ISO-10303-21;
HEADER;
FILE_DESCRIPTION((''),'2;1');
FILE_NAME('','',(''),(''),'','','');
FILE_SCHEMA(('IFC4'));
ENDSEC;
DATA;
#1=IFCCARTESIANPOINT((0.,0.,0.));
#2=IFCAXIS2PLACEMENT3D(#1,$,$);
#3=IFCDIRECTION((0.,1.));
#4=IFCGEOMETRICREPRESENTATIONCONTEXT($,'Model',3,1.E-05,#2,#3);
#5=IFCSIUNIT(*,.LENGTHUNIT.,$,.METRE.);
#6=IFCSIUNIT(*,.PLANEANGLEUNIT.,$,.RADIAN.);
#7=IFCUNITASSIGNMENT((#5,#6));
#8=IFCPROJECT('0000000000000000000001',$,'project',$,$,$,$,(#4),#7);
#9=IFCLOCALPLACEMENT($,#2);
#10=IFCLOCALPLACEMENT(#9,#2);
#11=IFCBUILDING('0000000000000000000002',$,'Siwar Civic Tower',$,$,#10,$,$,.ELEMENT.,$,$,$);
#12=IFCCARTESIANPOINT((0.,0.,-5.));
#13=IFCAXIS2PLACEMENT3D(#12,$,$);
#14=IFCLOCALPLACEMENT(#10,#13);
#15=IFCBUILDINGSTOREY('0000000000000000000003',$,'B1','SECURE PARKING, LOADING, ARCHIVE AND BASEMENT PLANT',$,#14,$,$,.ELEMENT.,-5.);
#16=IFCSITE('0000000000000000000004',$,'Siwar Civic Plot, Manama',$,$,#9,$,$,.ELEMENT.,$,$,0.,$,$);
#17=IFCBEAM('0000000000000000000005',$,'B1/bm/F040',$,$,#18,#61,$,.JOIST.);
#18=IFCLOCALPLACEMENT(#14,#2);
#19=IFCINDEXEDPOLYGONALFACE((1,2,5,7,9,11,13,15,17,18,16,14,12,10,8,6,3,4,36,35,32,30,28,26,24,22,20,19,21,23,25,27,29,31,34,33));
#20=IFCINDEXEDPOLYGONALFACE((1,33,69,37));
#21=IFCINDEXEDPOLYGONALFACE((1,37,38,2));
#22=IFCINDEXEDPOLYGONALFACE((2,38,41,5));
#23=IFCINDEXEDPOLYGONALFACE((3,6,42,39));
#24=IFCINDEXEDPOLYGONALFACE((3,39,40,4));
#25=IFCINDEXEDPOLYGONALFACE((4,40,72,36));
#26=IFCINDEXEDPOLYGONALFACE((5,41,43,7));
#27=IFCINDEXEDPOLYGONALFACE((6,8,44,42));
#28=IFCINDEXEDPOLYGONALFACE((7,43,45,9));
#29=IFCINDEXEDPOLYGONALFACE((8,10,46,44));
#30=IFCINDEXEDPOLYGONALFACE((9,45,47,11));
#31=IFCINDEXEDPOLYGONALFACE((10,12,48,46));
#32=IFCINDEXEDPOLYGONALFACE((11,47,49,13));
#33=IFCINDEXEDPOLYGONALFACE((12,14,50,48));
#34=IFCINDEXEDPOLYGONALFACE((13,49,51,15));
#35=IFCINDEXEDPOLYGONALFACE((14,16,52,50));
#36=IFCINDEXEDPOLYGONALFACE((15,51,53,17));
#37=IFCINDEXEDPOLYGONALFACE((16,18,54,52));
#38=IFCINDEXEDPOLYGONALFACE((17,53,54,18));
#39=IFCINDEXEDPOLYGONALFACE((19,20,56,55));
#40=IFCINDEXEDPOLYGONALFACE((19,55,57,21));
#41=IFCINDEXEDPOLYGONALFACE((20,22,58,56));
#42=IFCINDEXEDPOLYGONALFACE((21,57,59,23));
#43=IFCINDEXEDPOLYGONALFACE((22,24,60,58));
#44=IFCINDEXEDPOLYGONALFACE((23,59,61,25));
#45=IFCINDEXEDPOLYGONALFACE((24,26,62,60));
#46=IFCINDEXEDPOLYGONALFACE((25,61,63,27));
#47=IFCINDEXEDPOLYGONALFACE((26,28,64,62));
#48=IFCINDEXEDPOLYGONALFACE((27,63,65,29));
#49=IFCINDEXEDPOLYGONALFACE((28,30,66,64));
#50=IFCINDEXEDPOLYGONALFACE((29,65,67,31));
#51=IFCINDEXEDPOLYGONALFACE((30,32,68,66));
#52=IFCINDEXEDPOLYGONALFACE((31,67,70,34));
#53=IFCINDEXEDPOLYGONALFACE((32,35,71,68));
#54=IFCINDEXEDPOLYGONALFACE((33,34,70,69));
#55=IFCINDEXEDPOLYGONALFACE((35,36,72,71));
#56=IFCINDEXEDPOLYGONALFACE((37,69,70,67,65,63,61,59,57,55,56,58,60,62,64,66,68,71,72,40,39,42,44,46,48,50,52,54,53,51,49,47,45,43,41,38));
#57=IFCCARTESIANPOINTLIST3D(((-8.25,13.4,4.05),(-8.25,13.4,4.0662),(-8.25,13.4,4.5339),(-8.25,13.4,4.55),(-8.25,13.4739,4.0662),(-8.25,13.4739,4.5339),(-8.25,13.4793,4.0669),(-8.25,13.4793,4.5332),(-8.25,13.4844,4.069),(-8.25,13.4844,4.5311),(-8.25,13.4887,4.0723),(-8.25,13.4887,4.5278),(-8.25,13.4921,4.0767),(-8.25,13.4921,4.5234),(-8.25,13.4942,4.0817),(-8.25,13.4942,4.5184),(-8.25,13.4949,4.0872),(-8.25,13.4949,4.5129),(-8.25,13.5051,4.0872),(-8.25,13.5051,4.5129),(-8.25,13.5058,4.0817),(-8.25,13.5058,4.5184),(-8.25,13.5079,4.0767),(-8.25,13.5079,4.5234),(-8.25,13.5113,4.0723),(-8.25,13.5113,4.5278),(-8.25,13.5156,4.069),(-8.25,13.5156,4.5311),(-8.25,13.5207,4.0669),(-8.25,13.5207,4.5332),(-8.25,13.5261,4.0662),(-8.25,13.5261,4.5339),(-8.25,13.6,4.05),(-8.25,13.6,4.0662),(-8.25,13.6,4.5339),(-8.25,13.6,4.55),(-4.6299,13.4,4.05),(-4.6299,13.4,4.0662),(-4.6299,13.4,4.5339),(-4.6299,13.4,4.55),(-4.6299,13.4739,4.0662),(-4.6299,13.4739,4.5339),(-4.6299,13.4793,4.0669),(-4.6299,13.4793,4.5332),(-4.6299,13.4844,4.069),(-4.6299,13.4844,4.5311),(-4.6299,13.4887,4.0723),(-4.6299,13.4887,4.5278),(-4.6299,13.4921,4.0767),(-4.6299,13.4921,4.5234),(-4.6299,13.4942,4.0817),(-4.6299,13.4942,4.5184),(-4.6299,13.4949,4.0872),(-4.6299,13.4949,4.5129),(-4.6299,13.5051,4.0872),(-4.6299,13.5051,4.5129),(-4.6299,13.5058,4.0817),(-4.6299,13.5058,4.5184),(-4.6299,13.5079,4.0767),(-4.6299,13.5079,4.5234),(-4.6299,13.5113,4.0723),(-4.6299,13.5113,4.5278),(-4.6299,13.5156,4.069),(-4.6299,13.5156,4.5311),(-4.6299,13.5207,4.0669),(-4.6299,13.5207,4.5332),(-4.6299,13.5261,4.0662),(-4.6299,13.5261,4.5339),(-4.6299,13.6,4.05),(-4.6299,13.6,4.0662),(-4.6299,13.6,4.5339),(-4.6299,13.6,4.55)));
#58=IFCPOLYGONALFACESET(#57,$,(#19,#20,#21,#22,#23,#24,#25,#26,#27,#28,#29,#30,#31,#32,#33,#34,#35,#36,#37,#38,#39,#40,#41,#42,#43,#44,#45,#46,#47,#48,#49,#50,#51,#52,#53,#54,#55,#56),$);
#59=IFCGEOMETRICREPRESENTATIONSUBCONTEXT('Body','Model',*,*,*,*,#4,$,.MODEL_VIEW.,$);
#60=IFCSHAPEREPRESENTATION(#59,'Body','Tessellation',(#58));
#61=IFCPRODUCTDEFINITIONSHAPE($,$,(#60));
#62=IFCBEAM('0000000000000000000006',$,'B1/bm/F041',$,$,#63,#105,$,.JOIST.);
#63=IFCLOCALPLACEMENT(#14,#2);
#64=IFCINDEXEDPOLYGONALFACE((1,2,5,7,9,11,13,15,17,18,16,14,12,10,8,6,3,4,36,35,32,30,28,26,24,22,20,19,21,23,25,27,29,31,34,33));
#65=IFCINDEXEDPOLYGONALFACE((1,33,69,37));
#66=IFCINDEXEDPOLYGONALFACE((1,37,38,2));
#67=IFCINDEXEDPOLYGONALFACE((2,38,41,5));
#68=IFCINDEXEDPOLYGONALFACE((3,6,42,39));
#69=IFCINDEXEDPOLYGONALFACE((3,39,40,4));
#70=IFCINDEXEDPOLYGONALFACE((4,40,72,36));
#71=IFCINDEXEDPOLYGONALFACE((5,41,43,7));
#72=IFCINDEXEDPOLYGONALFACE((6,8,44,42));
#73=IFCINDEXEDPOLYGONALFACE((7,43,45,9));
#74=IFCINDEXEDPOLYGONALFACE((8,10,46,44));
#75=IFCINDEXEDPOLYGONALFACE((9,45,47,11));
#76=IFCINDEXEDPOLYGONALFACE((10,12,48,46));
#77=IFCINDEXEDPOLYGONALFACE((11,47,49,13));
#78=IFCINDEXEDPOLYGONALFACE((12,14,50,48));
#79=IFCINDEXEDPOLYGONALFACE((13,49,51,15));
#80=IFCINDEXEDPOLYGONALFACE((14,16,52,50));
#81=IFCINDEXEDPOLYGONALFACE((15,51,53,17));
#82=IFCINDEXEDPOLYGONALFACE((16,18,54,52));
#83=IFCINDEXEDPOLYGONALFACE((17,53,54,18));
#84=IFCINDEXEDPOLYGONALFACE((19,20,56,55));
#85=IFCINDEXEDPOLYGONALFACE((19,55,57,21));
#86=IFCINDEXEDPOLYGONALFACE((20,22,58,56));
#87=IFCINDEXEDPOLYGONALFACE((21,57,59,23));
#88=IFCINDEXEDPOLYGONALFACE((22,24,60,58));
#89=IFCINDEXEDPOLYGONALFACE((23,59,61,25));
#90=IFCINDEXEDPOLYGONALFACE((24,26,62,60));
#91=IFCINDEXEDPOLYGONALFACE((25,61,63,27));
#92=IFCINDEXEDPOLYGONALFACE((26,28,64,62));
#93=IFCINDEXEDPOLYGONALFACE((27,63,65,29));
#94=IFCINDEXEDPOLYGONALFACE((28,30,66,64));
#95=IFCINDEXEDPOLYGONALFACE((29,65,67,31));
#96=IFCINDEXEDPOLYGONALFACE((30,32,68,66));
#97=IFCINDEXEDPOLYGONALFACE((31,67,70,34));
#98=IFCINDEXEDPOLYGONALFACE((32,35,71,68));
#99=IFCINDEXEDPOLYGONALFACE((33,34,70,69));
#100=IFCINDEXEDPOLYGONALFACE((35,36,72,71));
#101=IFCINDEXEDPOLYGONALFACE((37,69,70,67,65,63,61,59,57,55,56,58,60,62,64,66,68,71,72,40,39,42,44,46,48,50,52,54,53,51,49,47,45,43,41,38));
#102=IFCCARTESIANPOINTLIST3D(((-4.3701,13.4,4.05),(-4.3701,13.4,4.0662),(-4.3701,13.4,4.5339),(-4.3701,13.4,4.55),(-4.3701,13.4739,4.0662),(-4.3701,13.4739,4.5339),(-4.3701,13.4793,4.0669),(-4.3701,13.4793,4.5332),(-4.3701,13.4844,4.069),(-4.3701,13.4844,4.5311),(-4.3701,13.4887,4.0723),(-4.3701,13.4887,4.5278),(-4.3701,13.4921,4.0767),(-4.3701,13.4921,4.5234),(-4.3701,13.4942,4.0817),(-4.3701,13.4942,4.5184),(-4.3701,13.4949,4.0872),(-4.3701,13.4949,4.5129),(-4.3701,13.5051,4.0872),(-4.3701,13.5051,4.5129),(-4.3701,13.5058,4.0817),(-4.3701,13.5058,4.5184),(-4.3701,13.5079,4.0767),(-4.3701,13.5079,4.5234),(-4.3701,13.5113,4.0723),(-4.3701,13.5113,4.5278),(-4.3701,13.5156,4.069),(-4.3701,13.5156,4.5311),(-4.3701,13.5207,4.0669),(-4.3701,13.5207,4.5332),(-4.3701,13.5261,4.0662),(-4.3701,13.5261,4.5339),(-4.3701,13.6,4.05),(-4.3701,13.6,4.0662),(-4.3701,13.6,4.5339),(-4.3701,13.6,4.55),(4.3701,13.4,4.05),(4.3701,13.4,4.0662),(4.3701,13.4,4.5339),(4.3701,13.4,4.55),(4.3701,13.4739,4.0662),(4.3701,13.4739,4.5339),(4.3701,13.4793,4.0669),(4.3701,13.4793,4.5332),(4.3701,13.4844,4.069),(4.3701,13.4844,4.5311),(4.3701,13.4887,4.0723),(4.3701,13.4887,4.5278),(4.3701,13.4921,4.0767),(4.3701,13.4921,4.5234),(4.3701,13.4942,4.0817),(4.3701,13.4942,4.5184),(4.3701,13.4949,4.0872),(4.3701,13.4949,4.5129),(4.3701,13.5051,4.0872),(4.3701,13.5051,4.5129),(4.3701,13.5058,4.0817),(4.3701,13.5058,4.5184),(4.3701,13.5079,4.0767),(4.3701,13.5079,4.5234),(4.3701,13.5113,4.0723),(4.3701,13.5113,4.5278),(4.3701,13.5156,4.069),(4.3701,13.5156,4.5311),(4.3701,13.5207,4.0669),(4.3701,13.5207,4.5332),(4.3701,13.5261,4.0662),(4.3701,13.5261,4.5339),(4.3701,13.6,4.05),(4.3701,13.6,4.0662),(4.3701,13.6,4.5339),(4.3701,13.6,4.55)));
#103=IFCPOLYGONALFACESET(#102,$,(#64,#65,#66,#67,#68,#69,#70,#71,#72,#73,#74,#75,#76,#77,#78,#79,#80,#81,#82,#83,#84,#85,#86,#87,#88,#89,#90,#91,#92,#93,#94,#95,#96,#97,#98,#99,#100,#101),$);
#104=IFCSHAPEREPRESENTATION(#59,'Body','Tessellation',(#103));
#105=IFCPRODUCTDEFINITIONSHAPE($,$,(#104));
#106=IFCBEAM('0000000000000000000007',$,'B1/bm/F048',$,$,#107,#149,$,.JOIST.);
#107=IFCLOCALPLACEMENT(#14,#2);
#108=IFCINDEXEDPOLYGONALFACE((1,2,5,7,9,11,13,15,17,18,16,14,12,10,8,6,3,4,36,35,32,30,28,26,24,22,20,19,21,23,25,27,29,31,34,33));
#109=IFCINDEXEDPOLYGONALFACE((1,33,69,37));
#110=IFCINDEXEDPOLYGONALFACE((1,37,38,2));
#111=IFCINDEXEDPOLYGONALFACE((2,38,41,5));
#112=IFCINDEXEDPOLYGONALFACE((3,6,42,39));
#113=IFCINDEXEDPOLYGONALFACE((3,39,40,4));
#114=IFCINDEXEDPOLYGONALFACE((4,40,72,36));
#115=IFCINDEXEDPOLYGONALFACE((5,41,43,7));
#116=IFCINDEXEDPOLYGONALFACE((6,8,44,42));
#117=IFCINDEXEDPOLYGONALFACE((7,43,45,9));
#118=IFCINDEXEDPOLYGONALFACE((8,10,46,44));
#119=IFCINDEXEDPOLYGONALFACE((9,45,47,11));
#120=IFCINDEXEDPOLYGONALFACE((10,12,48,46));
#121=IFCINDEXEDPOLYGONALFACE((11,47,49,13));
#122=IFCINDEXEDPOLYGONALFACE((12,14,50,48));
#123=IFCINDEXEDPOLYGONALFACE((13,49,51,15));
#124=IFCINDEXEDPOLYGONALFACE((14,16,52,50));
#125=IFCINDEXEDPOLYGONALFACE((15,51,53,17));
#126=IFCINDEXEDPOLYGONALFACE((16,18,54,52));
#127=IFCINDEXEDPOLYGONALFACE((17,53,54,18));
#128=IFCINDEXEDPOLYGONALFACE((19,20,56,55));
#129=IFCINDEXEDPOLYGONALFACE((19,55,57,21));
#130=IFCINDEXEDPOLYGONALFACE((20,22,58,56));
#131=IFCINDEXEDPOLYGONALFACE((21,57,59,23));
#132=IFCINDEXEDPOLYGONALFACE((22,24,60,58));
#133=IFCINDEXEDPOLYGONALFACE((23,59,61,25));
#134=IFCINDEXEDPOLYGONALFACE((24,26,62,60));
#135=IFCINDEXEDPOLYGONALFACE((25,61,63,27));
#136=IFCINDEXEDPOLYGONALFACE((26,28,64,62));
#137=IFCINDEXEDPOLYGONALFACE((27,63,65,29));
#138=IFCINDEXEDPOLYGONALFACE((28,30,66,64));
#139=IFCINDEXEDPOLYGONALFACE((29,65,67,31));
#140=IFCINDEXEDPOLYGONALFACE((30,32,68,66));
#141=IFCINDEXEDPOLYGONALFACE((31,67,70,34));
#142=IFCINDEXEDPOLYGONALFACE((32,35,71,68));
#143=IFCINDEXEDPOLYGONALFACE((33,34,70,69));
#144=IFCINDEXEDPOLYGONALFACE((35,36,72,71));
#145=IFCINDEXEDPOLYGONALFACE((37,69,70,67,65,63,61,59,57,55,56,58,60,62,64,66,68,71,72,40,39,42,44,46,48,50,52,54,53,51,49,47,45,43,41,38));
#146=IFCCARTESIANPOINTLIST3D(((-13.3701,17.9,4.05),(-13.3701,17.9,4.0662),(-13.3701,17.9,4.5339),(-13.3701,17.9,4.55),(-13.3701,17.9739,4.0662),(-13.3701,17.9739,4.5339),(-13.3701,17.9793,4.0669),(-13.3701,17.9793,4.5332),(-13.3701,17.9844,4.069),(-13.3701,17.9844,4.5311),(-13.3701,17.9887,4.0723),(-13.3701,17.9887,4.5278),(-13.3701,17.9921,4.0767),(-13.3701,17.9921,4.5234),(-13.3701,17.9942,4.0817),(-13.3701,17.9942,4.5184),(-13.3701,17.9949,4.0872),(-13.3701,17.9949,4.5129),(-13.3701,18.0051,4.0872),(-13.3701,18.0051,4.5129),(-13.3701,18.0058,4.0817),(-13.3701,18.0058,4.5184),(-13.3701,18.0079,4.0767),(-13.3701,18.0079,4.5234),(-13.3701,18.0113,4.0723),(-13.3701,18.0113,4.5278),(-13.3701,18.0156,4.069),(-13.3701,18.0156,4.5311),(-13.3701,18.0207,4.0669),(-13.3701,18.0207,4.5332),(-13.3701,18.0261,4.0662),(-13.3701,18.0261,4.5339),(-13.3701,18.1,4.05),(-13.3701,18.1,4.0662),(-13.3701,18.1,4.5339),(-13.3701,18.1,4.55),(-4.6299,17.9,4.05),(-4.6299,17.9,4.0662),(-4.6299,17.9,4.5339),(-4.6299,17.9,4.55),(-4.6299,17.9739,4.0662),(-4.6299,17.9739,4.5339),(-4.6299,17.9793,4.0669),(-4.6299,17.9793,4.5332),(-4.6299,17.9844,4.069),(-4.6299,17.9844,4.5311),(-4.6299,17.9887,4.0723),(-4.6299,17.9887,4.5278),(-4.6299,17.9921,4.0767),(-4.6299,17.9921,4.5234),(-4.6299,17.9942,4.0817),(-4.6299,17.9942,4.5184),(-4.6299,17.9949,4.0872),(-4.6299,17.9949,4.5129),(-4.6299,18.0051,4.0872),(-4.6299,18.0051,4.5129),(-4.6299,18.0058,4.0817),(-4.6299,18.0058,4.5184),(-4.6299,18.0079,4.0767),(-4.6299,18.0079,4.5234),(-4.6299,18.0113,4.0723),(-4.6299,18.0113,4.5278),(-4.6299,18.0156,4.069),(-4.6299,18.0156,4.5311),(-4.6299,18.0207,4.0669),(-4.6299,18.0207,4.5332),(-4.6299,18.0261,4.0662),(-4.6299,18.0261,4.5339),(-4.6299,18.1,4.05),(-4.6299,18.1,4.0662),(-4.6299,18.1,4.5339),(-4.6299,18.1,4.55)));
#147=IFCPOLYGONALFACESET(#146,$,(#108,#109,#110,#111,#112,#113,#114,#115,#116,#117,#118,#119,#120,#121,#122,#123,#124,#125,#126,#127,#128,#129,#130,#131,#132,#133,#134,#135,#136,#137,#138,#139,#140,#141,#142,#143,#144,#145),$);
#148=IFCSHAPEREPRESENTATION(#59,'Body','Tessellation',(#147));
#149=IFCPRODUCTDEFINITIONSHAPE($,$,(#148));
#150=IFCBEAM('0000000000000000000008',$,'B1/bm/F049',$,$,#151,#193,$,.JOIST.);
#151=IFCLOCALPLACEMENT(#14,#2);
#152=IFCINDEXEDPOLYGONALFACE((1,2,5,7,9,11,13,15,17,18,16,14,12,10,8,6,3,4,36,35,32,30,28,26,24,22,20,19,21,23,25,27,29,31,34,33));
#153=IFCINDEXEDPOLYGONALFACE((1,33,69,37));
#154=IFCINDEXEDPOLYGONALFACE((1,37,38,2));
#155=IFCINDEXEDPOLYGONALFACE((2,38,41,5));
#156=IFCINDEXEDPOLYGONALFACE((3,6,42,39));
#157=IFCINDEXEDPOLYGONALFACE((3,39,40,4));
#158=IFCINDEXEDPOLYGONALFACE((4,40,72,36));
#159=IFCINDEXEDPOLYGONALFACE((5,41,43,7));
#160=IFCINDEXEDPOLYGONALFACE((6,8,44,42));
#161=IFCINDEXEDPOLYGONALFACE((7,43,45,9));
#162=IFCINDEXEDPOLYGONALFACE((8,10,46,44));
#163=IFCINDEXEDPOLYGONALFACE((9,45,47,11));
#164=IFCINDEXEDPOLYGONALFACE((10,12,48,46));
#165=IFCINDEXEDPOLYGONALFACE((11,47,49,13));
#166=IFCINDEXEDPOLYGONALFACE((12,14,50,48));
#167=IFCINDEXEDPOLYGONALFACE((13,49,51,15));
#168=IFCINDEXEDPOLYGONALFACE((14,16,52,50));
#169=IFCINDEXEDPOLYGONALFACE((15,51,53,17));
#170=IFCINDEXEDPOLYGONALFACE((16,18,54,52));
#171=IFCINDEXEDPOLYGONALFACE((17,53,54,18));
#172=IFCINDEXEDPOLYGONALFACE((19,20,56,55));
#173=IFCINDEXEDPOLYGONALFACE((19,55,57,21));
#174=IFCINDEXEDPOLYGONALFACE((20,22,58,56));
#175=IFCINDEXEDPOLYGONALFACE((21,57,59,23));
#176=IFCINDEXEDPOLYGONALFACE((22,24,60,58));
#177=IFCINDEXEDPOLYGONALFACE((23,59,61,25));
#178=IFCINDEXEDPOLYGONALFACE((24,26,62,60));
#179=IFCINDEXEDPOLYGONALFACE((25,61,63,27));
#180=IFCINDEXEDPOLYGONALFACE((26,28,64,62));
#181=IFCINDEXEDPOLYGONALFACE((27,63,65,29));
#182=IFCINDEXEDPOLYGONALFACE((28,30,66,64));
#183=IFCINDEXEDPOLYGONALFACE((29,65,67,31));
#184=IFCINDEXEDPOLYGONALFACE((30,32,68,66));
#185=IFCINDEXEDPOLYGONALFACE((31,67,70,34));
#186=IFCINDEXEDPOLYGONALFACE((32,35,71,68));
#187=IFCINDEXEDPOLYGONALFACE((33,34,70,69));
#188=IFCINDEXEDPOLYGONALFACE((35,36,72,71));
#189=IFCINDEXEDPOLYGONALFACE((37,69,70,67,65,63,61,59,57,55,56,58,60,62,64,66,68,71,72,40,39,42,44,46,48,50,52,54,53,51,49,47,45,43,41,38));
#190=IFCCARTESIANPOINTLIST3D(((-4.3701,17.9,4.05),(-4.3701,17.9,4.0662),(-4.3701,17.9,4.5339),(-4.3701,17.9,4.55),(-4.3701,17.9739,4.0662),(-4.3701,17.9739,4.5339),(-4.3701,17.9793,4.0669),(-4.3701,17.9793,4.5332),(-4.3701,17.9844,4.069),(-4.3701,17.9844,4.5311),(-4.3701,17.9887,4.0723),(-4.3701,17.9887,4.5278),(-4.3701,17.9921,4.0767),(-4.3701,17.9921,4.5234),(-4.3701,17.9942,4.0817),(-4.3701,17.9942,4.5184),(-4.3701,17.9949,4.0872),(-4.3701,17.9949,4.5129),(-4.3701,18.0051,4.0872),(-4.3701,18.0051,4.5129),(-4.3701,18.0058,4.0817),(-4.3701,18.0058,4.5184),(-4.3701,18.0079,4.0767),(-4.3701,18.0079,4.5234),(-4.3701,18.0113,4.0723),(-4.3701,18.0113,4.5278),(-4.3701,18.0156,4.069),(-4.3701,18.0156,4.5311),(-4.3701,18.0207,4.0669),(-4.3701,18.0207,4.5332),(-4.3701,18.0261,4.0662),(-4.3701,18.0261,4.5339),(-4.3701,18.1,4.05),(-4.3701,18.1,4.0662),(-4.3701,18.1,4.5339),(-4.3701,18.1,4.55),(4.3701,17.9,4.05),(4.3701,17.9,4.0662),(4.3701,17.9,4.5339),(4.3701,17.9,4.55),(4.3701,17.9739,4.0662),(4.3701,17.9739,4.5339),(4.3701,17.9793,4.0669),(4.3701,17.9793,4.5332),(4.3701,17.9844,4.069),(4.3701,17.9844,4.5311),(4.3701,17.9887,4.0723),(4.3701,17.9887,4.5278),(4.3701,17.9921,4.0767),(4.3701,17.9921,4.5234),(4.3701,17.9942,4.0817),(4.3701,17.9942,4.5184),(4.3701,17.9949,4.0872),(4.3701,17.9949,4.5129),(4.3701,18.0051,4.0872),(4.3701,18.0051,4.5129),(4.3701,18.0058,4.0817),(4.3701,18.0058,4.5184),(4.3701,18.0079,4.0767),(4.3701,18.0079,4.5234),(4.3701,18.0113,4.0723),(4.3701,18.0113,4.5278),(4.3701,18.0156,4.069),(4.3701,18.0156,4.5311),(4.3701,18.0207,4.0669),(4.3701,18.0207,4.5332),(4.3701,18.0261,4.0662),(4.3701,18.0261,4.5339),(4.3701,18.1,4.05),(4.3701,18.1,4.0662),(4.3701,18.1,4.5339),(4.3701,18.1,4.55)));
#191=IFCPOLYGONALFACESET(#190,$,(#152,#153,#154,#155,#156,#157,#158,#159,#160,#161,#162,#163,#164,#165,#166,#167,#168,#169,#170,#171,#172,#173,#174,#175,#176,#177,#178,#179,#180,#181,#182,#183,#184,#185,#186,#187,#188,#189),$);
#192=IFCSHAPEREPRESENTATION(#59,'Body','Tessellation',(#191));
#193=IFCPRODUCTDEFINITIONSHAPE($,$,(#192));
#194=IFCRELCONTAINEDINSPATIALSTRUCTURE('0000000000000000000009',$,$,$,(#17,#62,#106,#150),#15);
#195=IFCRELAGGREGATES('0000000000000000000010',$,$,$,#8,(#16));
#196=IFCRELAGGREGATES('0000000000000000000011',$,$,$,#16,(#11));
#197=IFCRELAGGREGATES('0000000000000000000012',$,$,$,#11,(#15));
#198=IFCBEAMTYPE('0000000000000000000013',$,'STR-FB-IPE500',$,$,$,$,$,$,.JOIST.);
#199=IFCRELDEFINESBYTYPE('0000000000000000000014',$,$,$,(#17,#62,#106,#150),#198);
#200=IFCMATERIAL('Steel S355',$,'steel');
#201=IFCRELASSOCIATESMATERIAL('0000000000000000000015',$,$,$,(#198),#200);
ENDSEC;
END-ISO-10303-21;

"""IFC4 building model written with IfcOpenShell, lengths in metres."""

from ifc_helpers import new_model, si_unit, direction, frame, origin, origin_2d, place, context, subcontext, project, spatial, i_section, extrude, material, material_profile, profile_set, type_object, element, save


model = new_model("IFC4")

# Units and contexts
model_context = context("Model", 3, precision=1e-05, world=origin(), true_north=direction((0.0, 1.0)))
body_context = subcontext(model_context, "Body", "Model", "MODEL_VIEW")
ifc_project = project(units=[si_unit("LENGTHUNIT", "METRE"), si_unit("PLANEANGLEUNIT", "RADIAN")], contexts=[model_context])

# Site, building, storey
site_placement = place(None, origin())
site = spatial("IfcSite", under=ifc_project, at=site_placement, Name="Siwar Civic Plot, Manama", CompositionType="ELEMENT", RefElevation=0.0)
building_placement = place(site_placement, origin())
building = spatial("IfcBuilding", under=site, at=building_placement, Name="Siwar Civic Tower", CompositionType="ELEMENT")
storey_placement = place(building_placement, frame((0.0, 0.0, -5.0)))
storey = spatial("IfcBuildingStorey", under=building, at=storey_placement, Name="B1", Description="SECURE PARKING, LOADING, ARCHIVE AND BASEMENT PLANT", CompositionType="ELEMENT", Elevation=-5.0)

# Beams
ifc_material_1 = material(Name="Steel S355", Category="steel")
ifc_material_profile_1 = material_profile(ifc_material_1, i_section(OverallWidth=0.2, OverallDepth=0.5, WebThickness=0.0103, FlangeThickness=0.0161, FilletRadius=0.021, at=origin_2d()), Name="IPE500")
ifc_profile_set_1 = profile_set([ifc_material_profile_1], Name="Steel S355")
beam_type_1 = type_object("IfcBeamType", Name="STR-FB-IPE500", PredefinedType="JOIST", material=ifc_profile_set_1)
beam_1_placement = place(storey_placement, frame((-8.25, 13.5, 4.3), z_axis=(1.0, 0.0, 0.0), x_axis=(0.0, 1.0, 0.0)))
element("IfcBeam", 1, at=beam_1_placement, inside=storey, type_object=beam_type_1, Name="B1/bm/F040", PredefinedType="JOIST", context=body_context, shape_type="SweptSolid", body=[
    extrude(i_section(OverallWidth=0.2, OverallDepth=0.5, WebThickness=0.0103, FlangeThickness=0.0161, FilletRadius=0.021, at=origin_2d()), origin(), (0.0, 0.0, 1.0), 3.6201),
])
for number, where, z_axis, x_axis, name in (
    (2, (-4.3701, 13.5, 4.3), (1.0, 0.0, 0.0), (0.0, 1.0, 0.0), "B1/bm/F041"),
    (3, (-13.3701, 18.0, 4.3), (1.0, 0.0, 0.0), (0.0, 1.0, 0.0), "B1/bm/F048"),
    (4, (-4.3701, 18.0, 4.3), (1.0, 0.0, 0.0), (0.0, 1.0, 0.0), "B1/bm/F049"),
):
    element("IfcBeam", number, at=place(storey_placement, frame(where, z_axis=z_axis, x_axis=x_axis)), inside=storey, type_object=beam_type_1, Name=name, PredefinedType="JOIST", context=body_context, shape_type="SweptSolid", body=[
        extrude(i_section(OverallWidth=0.2, OverallDepth=0.5, WebThickness=0.0103, FlangeThickness=0.0161, FilletRadius=0.021, at=origin_2d()), origin(), (0.0, 0.0, 1.0), 8.7402),
    ])

save(model, "model.ifc")
